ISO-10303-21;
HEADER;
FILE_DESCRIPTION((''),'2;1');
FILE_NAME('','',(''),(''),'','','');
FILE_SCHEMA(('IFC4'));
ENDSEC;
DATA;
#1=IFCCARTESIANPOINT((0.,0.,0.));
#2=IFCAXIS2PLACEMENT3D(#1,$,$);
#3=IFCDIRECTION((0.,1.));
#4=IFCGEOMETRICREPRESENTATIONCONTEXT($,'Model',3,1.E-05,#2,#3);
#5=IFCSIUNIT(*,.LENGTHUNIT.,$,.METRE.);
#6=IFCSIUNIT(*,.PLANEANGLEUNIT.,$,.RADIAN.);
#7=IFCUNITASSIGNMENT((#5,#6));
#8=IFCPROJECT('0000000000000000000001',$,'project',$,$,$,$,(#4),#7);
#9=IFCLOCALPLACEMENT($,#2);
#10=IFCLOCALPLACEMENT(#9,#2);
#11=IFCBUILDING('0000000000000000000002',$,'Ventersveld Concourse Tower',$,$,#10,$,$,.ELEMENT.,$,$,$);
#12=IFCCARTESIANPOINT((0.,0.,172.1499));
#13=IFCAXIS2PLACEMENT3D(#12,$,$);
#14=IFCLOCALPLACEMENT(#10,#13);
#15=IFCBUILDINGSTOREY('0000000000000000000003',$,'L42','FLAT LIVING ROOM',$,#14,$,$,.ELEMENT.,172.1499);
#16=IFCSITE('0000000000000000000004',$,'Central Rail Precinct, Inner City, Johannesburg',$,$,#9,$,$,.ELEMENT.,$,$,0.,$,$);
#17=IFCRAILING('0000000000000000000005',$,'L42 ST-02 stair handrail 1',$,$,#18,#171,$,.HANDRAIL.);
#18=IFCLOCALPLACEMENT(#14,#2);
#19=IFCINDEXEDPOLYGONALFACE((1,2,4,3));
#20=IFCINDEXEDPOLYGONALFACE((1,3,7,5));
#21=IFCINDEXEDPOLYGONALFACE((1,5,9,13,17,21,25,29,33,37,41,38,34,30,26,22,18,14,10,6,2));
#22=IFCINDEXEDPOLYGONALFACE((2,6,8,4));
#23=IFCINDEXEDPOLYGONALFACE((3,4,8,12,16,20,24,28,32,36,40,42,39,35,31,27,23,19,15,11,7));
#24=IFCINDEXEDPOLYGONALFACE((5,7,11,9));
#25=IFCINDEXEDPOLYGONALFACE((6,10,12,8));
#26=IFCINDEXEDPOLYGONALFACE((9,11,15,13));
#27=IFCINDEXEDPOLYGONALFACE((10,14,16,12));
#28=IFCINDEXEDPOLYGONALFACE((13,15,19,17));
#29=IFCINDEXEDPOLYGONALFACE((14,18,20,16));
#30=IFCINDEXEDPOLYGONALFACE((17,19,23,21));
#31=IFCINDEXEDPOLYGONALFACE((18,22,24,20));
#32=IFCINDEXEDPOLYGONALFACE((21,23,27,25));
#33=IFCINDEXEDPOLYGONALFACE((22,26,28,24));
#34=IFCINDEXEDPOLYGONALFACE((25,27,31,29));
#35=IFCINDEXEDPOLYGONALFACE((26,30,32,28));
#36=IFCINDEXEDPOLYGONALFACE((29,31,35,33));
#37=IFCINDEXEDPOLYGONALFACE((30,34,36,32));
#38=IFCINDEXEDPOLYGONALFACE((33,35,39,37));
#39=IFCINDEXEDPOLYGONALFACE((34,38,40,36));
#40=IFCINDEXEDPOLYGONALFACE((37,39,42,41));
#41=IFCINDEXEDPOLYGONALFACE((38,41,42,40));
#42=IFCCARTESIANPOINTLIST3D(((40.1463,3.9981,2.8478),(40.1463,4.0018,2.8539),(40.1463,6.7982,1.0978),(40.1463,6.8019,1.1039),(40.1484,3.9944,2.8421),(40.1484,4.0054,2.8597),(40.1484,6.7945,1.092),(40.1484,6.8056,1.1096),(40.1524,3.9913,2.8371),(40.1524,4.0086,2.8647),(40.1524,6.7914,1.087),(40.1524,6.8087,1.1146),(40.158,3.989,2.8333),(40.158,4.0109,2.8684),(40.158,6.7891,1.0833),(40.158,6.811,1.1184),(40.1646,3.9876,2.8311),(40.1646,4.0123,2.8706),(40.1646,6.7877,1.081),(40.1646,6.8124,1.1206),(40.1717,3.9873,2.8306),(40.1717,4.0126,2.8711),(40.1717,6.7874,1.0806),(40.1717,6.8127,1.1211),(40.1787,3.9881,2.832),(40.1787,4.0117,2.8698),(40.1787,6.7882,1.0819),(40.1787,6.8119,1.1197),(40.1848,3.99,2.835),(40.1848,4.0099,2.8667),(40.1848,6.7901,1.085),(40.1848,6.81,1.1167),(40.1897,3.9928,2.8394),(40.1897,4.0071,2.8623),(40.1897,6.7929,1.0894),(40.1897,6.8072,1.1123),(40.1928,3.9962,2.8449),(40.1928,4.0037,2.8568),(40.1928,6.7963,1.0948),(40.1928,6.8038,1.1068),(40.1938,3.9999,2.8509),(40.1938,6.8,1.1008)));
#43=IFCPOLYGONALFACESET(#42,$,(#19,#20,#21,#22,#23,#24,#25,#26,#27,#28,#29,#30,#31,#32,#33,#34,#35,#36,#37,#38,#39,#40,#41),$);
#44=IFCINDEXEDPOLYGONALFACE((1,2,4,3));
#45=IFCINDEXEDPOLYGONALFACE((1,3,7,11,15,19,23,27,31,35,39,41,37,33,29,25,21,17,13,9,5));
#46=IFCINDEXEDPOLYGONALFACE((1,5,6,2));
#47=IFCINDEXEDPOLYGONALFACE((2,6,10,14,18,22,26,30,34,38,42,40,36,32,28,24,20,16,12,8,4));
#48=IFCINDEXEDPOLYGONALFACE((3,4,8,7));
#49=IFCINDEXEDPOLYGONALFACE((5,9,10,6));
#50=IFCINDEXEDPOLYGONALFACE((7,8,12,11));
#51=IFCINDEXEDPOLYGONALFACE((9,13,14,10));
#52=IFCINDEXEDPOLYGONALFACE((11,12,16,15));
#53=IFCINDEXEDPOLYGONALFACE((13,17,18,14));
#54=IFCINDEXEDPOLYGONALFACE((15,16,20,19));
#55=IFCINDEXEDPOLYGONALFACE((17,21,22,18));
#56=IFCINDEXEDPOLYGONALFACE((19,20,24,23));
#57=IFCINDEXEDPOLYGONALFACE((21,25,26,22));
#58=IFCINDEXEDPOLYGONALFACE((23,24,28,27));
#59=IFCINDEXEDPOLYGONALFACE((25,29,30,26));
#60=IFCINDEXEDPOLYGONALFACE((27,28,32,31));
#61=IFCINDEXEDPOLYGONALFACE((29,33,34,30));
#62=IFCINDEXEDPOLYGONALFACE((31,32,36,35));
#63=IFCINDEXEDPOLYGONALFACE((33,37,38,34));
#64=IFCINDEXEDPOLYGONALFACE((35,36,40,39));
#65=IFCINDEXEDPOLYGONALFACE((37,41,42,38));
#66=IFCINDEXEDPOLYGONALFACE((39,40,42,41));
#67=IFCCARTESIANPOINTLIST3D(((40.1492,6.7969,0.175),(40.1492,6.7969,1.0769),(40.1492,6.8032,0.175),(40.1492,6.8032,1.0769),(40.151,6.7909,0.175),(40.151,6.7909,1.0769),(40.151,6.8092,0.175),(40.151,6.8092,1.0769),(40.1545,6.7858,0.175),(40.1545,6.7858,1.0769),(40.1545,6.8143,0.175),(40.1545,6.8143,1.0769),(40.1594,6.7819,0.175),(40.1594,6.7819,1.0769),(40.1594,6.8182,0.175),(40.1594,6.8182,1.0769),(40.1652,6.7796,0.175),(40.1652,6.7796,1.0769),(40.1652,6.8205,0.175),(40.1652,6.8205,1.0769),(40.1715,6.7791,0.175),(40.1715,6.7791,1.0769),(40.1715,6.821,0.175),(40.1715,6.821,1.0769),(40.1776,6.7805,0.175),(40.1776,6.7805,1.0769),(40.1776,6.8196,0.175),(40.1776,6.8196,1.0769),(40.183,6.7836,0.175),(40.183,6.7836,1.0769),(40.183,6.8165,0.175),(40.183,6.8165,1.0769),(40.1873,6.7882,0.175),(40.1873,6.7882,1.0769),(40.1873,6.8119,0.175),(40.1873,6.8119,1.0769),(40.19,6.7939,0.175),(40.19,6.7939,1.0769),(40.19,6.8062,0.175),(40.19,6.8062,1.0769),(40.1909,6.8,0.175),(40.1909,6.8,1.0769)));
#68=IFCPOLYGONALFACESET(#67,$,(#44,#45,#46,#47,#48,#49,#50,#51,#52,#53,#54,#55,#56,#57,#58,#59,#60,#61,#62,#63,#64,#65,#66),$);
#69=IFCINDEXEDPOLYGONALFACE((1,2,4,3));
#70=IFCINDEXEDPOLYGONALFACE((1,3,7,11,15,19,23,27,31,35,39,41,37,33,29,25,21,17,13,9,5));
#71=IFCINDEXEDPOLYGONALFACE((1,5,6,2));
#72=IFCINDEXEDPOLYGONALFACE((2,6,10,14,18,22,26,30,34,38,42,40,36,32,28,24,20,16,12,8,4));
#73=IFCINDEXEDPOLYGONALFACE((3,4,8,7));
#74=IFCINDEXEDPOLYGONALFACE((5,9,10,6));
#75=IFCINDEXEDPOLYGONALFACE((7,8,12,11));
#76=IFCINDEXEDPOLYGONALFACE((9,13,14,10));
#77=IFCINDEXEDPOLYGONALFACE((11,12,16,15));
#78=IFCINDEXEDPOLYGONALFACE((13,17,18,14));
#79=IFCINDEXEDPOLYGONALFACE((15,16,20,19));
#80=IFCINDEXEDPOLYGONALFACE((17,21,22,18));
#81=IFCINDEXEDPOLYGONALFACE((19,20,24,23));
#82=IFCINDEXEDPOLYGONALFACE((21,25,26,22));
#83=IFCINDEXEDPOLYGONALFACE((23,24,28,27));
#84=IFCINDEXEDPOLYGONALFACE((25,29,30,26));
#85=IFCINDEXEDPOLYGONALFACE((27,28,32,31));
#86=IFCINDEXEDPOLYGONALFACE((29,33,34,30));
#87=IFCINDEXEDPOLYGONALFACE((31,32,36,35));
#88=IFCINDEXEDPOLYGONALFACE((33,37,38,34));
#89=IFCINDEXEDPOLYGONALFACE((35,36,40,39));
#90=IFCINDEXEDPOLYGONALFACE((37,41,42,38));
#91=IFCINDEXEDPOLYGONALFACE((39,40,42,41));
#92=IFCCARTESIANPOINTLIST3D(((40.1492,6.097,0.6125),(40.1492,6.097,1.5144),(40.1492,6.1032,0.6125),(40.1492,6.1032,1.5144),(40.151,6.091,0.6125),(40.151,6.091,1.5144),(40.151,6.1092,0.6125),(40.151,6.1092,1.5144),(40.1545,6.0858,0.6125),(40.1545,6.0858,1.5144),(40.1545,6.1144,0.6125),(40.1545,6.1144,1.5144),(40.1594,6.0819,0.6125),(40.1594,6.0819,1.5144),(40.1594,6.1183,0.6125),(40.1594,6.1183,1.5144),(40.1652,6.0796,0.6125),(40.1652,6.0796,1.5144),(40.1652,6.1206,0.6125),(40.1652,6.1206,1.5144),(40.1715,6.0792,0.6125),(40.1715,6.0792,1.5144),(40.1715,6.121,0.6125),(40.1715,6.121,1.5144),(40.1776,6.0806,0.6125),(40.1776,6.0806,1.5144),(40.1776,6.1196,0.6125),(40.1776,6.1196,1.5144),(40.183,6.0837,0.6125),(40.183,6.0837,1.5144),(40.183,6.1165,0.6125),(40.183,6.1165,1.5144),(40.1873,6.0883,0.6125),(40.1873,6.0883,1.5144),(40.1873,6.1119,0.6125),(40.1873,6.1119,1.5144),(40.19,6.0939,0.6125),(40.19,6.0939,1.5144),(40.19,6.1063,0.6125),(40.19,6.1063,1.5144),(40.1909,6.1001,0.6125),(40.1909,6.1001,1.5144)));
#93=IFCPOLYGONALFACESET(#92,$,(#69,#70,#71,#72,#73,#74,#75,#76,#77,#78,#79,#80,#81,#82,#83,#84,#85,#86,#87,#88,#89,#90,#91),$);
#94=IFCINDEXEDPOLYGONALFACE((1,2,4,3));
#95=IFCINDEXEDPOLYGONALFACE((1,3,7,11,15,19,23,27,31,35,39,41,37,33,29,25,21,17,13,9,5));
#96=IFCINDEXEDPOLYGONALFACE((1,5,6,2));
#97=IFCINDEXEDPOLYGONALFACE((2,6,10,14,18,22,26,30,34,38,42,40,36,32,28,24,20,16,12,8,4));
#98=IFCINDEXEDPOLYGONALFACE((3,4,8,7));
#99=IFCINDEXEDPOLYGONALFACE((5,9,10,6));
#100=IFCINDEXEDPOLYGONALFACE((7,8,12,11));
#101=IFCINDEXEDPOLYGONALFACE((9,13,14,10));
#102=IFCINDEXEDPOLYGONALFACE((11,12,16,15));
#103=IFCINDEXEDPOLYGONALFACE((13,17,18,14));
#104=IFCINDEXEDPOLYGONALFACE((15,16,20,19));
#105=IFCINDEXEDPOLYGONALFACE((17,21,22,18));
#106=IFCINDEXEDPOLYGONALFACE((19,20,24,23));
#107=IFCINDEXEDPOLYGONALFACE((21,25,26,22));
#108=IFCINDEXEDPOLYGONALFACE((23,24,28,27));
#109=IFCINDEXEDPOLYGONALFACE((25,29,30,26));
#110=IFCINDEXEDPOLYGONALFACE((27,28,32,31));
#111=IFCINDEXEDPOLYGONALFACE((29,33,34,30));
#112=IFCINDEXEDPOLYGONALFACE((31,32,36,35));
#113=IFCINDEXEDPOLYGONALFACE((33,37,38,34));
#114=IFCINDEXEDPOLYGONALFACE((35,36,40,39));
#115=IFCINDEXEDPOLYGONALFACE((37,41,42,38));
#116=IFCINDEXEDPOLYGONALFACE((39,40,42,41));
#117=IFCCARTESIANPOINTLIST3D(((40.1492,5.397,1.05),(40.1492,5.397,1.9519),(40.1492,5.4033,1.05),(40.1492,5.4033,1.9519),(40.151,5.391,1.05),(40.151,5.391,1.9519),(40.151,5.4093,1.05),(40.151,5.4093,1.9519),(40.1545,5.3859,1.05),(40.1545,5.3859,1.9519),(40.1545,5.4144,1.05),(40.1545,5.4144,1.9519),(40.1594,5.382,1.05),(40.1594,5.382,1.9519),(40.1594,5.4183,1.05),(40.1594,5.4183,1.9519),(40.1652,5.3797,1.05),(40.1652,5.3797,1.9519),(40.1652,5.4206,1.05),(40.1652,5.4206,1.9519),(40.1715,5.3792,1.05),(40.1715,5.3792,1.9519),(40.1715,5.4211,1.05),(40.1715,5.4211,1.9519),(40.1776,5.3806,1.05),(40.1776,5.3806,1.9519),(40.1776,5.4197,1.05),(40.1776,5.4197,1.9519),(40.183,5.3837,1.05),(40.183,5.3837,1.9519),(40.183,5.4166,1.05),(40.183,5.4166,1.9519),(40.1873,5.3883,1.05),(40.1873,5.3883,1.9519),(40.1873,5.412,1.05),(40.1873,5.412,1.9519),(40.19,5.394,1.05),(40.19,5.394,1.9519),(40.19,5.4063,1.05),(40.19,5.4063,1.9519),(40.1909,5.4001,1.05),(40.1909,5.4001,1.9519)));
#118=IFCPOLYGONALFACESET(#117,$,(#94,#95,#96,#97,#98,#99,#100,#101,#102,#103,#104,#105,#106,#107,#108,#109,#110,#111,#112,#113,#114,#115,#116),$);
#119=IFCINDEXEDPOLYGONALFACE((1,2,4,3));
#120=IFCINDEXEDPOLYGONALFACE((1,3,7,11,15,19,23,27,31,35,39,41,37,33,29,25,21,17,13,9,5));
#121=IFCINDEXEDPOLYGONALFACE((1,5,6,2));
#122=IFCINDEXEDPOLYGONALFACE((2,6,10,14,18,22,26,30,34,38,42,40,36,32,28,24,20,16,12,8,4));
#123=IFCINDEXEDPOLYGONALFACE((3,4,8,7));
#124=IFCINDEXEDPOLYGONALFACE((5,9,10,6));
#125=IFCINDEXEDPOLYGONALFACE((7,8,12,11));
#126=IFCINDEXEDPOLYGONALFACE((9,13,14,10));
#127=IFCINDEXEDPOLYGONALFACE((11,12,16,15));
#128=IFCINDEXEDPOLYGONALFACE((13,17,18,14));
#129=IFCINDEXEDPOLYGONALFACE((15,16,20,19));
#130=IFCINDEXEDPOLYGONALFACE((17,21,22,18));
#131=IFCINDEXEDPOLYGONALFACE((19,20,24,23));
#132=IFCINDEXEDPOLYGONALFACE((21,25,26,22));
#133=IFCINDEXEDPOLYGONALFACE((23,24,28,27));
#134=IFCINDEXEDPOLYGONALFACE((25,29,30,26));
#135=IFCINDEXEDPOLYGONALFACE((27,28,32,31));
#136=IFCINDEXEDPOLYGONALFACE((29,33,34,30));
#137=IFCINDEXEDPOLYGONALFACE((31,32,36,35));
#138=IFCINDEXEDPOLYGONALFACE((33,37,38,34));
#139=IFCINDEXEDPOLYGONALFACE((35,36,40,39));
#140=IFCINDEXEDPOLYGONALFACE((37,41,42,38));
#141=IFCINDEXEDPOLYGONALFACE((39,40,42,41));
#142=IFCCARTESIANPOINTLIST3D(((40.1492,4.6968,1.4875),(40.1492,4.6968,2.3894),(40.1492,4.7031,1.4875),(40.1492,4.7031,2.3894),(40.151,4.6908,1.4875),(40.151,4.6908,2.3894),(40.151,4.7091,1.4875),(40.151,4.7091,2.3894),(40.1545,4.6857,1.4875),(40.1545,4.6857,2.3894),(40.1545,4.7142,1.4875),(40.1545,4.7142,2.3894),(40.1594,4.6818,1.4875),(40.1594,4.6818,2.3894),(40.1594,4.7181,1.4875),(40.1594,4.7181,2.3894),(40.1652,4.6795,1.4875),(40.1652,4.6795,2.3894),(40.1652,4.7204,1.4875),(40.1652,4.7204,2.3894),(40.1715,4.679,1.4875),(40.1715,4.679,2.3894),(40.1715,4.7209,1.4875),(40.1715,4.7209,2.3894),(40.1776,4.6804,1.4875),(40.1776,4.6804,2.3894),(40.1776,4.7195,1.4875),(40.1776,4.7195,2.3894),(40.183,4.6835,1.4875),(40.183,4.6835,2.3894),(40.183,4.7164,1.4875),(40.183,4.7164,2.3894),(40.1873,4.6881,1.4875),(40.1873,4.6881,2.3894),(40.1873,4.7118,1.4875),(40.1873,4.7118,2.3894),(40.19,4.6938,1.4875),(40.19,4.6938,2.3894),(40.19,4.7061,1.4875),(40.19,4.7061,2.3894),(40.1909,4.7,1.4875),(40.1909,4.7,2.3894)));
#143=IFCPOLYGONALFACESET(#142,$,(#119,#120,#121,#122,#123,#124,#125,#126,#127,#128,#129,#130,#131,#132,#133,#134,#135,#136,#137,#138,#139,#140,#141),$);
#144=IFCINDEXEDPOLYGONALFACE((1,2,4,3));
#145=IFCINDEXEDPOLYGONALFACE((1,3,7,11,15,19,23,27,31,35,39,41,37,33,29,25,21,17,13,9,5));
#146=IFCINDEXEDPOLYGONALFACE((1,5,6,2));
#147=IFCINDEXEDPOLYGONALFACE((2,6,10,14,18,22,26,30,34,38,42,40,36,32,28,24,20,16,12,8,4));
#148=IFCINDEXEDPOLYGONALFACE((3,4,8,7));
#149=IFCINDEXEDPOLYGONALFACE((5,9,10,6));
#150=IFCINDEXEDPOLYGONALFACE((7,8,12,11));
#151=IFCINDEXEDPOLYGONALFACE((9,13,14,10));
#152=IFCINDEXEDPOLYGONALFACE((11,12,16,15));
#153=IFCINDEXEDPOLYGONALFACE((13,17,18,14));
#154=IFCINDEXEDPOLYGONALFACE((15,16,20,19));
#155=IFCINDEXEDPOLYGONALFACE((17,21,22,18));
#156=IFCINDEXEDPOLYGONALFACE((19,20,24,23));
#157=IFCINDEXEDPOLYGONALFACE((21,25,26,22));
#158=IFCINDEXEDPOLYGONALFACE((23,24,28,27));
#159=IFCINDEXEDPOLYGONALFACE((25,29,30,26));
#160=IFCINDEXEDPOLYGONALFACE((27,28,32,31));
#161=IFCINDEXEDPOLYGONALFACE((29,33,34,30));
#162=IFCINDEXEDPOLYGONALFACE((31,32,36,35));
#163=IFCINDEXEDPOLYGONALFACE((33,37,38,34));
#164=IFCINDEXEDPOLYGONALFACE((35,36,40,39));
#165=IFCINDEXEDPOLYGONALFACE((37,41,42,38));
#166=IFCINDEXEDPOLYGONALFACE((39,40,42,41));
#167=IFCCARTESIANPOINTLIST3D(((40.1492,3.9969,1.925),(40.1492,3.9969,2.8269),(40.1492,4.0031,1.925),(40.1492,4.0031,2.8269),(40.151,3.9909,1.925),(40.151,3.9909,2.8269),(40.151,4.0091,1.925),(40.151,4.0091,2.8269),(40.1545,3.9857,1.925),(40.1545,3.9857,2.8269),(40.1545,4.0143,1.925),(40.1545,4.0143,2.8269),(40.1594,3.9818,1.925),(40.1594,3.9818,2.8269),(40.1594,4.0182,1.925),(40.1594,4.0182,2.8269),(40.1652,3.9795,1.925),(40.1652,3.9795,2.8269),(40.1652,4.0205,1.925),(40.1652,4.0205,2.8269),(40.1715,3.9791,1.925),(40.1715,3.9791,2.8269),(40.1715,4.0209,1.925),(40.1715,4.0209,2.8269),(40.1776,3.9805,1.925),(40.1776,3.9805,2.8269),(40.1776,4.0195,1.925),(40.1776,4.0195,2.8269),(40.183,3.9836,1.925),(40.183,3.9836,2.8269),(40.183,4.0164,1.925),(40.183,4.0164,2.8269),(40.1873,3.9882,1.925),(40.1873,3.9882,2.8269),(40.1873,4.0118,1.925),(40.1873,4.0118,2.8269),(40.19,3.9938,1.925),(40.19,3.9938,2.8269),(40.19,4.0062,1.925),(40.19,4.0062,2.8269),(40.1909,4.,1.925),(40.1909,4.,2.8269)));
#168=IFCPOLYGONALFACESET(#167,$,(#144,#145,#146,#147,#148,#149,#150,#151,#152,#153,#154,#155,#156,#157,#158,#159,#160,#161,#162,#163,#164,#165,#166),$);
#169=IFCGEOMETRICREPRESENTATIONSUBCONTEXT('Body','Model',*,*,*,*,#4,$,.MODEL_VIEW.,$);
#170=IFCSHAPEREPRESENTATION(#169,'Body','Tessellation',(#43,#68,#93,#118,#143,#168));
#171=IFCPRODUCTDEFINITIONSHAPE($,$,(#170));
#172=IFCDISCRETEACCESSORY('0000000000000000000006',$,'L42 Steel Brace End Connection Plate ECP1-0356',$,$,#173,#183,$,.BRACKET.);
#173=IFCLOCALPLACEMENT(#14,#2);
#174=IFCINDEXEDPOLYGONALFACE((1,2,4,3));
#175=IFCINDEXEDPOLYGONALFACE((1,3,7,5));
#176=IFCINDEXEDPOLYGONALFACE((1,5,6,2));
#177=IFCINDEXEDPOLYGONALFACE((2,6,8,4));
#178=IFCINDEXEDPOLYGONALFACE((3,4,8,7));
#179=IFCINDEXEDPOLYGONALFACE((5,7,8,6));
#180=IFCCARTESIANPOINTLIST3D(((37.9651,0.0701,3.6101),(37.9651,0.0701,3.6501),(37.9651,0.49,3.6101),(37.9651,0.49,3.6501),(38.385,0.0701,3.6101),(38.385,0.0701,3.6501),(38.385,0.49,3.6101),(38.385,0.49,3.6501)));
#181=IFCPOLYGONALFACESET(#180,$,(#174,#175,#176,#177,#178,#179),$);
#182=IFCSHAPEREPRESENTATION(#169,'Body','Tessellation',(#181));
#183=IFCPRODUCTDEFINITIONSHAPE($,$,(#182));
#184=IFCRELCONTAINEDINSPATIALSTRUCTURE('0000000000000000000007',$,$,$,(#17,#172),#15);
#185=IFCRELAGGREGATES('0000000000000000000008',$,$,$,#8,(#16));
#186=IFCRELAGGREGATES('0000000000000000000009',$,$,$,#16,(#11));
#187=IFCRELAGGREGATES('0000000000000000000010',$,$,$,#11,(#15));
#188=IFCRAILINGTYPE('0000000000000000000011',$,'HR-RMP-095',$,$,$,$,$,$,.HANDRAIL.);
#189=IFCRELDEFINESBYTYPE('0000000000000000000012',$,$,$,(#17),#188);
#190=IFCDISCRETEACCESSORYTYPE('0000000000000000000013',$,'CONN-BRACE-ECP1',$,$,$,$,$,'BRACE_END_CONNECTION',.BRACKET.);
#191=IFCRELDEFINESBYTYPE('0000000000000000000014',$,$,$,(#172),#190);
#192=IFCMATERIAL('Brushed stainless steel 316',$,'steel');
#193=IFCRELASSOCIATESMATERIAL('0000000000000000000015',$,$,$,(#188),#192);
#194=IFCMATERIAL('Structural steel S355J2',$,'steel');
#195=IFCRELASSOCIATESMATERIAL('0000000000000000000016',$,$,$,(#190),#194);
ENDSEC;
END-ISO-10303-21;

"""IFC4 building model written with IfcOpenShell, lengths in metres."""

from ifc_helpers import new_model, si_unit, direction, frame, origin, origin_2d, place, context, subcontext, project, spatial, rectangle, circle, extrude, material, type_object, element, save


model = new_model("IFC4")

# Units and contexts
model_context = context("Model", 3, precision=1e-05, world=origin(), true_north=direction((0.0, 1.0)))
body_context = subcontext(model_context, "Body", "Model", "MODEL_VIEW")
ifc_project = project(units=[si_unit("LENGTHUNIT", "METRE"), si_unit("PLANEANGLEUNIT", "RADIAN")], contexts=[model_context])

# Site, building, storey
site_placement = place(None, origin())
site = spatial("IfcSite", under=ifc_project, at=site_placement, Name="Central Rail Precinct, Inner City, Johannesburg", CompositionType="ELEMENT", RefElevation=0.0)
building_placement = place(site_placement, origin())
building = spatial("IfcBuilding", under=site, at=building_placement, Name="Ventersveld Concourse Tower", CompositionType="ELEMENT")
storey_placement = place(building_placement, frame((0.0, 0.0, 172.1499)))
storey = spatial("IfcBuildingStorey", under=building, at=storey_placement, Name="L42", Description="FLAT LIVING ROOM", CompositionType="ELEMENT", Elevation=172.1499)

# Shared definitions
ifc_material_1 = material(Name="Structural steel S355J2", Category="steel")

# Shared definitions
ifc_material_2 = material(Name="Brushed stainless steel 316", Category="steel")

# Railing
railing_type_1 = type_object("IfcRailingType", Name="HR-RMP-095", PredefinedType="HANDRAIL", material=ifc_material_2)
railing_1_placement = place(storey_placement, frame((40.1699, 6.8, 0.175)))
element("IfcRailing", 1, at=railing_1_placement, inside=storey, type_object=railing_type_1, Name="L42 ST-02 stair handrail 1", PredefinedType="HANDRAIL", context=body_context, shape_type="SweptSolid", body=[
    extrude(circle(Radius=0.0239, at=origin_2d()), frame((0.0, 0.0, 0.9258), z_axis=(0.0, -0.848002, 0.529992), x_axis=(1.0, 0.0, 0.0)), (0.0, 0.0, 1.0), 3.302),
    extrude(circle(Radius=0.021, at=origin_2d()), origin(), (0.0, 0.0, 1.0), 0.9019),
    extrude(circle(Radius=0.021, at=origin_2d()), frame((0.0, -0.7, 0.4375)), (0.0, 0.0, 1.0), 0.9019),
    extrude(circle(Radius=0.021, at=origin_2d()), frame((0.0, -1.3999, 0.875)), (0.0, 0.0, 1.0), 0.9019),
    extrude(circle(Radius=0.021, at=origin_2d()), frame((0.0, -2.1001, 1.3125)), (0.0, 0.0, 1.0), 0.9019),
    extrude(circle(Radius=0.021, at=origin_2d()), frame((0.0, -2.8, 1.75)), (0.0, 0.0, 1.0), 0.9019),
])

# Discrete accessory
discrete_accessory_type = type_object("IfcDiscreteAccessoryType", Name="CONN-BRACE-ECP1", ElementType="BRACE_END_CONNECTION", PredefinedType="BRACKET", material=ifc_material_1)
discrete_accessory_placement = place(storey_placement, frame((38.175, 0.28, 3.6101), z_axis=(0.0, 0.0, 1.0), x_axis=(1.0, 0.0, 0.0)))
element("IfcDiscreteAccessory", 2, at=discrete_accessory_placement, inside=storey, type_object=discrete_accessory_type, Name="L42 Steel Brace End Connection Plate ECP1-0356", PredefinedType="BRACKET", context=body_context, shape_type="SweptSolid", body=[
    extrude(rectangle(XDim=0.4199, YDim=0.4199, at=origin_2d()), origin(), (0.0, 0.0, 1.0), 0.04),
])

save(model, "model.ifc")
